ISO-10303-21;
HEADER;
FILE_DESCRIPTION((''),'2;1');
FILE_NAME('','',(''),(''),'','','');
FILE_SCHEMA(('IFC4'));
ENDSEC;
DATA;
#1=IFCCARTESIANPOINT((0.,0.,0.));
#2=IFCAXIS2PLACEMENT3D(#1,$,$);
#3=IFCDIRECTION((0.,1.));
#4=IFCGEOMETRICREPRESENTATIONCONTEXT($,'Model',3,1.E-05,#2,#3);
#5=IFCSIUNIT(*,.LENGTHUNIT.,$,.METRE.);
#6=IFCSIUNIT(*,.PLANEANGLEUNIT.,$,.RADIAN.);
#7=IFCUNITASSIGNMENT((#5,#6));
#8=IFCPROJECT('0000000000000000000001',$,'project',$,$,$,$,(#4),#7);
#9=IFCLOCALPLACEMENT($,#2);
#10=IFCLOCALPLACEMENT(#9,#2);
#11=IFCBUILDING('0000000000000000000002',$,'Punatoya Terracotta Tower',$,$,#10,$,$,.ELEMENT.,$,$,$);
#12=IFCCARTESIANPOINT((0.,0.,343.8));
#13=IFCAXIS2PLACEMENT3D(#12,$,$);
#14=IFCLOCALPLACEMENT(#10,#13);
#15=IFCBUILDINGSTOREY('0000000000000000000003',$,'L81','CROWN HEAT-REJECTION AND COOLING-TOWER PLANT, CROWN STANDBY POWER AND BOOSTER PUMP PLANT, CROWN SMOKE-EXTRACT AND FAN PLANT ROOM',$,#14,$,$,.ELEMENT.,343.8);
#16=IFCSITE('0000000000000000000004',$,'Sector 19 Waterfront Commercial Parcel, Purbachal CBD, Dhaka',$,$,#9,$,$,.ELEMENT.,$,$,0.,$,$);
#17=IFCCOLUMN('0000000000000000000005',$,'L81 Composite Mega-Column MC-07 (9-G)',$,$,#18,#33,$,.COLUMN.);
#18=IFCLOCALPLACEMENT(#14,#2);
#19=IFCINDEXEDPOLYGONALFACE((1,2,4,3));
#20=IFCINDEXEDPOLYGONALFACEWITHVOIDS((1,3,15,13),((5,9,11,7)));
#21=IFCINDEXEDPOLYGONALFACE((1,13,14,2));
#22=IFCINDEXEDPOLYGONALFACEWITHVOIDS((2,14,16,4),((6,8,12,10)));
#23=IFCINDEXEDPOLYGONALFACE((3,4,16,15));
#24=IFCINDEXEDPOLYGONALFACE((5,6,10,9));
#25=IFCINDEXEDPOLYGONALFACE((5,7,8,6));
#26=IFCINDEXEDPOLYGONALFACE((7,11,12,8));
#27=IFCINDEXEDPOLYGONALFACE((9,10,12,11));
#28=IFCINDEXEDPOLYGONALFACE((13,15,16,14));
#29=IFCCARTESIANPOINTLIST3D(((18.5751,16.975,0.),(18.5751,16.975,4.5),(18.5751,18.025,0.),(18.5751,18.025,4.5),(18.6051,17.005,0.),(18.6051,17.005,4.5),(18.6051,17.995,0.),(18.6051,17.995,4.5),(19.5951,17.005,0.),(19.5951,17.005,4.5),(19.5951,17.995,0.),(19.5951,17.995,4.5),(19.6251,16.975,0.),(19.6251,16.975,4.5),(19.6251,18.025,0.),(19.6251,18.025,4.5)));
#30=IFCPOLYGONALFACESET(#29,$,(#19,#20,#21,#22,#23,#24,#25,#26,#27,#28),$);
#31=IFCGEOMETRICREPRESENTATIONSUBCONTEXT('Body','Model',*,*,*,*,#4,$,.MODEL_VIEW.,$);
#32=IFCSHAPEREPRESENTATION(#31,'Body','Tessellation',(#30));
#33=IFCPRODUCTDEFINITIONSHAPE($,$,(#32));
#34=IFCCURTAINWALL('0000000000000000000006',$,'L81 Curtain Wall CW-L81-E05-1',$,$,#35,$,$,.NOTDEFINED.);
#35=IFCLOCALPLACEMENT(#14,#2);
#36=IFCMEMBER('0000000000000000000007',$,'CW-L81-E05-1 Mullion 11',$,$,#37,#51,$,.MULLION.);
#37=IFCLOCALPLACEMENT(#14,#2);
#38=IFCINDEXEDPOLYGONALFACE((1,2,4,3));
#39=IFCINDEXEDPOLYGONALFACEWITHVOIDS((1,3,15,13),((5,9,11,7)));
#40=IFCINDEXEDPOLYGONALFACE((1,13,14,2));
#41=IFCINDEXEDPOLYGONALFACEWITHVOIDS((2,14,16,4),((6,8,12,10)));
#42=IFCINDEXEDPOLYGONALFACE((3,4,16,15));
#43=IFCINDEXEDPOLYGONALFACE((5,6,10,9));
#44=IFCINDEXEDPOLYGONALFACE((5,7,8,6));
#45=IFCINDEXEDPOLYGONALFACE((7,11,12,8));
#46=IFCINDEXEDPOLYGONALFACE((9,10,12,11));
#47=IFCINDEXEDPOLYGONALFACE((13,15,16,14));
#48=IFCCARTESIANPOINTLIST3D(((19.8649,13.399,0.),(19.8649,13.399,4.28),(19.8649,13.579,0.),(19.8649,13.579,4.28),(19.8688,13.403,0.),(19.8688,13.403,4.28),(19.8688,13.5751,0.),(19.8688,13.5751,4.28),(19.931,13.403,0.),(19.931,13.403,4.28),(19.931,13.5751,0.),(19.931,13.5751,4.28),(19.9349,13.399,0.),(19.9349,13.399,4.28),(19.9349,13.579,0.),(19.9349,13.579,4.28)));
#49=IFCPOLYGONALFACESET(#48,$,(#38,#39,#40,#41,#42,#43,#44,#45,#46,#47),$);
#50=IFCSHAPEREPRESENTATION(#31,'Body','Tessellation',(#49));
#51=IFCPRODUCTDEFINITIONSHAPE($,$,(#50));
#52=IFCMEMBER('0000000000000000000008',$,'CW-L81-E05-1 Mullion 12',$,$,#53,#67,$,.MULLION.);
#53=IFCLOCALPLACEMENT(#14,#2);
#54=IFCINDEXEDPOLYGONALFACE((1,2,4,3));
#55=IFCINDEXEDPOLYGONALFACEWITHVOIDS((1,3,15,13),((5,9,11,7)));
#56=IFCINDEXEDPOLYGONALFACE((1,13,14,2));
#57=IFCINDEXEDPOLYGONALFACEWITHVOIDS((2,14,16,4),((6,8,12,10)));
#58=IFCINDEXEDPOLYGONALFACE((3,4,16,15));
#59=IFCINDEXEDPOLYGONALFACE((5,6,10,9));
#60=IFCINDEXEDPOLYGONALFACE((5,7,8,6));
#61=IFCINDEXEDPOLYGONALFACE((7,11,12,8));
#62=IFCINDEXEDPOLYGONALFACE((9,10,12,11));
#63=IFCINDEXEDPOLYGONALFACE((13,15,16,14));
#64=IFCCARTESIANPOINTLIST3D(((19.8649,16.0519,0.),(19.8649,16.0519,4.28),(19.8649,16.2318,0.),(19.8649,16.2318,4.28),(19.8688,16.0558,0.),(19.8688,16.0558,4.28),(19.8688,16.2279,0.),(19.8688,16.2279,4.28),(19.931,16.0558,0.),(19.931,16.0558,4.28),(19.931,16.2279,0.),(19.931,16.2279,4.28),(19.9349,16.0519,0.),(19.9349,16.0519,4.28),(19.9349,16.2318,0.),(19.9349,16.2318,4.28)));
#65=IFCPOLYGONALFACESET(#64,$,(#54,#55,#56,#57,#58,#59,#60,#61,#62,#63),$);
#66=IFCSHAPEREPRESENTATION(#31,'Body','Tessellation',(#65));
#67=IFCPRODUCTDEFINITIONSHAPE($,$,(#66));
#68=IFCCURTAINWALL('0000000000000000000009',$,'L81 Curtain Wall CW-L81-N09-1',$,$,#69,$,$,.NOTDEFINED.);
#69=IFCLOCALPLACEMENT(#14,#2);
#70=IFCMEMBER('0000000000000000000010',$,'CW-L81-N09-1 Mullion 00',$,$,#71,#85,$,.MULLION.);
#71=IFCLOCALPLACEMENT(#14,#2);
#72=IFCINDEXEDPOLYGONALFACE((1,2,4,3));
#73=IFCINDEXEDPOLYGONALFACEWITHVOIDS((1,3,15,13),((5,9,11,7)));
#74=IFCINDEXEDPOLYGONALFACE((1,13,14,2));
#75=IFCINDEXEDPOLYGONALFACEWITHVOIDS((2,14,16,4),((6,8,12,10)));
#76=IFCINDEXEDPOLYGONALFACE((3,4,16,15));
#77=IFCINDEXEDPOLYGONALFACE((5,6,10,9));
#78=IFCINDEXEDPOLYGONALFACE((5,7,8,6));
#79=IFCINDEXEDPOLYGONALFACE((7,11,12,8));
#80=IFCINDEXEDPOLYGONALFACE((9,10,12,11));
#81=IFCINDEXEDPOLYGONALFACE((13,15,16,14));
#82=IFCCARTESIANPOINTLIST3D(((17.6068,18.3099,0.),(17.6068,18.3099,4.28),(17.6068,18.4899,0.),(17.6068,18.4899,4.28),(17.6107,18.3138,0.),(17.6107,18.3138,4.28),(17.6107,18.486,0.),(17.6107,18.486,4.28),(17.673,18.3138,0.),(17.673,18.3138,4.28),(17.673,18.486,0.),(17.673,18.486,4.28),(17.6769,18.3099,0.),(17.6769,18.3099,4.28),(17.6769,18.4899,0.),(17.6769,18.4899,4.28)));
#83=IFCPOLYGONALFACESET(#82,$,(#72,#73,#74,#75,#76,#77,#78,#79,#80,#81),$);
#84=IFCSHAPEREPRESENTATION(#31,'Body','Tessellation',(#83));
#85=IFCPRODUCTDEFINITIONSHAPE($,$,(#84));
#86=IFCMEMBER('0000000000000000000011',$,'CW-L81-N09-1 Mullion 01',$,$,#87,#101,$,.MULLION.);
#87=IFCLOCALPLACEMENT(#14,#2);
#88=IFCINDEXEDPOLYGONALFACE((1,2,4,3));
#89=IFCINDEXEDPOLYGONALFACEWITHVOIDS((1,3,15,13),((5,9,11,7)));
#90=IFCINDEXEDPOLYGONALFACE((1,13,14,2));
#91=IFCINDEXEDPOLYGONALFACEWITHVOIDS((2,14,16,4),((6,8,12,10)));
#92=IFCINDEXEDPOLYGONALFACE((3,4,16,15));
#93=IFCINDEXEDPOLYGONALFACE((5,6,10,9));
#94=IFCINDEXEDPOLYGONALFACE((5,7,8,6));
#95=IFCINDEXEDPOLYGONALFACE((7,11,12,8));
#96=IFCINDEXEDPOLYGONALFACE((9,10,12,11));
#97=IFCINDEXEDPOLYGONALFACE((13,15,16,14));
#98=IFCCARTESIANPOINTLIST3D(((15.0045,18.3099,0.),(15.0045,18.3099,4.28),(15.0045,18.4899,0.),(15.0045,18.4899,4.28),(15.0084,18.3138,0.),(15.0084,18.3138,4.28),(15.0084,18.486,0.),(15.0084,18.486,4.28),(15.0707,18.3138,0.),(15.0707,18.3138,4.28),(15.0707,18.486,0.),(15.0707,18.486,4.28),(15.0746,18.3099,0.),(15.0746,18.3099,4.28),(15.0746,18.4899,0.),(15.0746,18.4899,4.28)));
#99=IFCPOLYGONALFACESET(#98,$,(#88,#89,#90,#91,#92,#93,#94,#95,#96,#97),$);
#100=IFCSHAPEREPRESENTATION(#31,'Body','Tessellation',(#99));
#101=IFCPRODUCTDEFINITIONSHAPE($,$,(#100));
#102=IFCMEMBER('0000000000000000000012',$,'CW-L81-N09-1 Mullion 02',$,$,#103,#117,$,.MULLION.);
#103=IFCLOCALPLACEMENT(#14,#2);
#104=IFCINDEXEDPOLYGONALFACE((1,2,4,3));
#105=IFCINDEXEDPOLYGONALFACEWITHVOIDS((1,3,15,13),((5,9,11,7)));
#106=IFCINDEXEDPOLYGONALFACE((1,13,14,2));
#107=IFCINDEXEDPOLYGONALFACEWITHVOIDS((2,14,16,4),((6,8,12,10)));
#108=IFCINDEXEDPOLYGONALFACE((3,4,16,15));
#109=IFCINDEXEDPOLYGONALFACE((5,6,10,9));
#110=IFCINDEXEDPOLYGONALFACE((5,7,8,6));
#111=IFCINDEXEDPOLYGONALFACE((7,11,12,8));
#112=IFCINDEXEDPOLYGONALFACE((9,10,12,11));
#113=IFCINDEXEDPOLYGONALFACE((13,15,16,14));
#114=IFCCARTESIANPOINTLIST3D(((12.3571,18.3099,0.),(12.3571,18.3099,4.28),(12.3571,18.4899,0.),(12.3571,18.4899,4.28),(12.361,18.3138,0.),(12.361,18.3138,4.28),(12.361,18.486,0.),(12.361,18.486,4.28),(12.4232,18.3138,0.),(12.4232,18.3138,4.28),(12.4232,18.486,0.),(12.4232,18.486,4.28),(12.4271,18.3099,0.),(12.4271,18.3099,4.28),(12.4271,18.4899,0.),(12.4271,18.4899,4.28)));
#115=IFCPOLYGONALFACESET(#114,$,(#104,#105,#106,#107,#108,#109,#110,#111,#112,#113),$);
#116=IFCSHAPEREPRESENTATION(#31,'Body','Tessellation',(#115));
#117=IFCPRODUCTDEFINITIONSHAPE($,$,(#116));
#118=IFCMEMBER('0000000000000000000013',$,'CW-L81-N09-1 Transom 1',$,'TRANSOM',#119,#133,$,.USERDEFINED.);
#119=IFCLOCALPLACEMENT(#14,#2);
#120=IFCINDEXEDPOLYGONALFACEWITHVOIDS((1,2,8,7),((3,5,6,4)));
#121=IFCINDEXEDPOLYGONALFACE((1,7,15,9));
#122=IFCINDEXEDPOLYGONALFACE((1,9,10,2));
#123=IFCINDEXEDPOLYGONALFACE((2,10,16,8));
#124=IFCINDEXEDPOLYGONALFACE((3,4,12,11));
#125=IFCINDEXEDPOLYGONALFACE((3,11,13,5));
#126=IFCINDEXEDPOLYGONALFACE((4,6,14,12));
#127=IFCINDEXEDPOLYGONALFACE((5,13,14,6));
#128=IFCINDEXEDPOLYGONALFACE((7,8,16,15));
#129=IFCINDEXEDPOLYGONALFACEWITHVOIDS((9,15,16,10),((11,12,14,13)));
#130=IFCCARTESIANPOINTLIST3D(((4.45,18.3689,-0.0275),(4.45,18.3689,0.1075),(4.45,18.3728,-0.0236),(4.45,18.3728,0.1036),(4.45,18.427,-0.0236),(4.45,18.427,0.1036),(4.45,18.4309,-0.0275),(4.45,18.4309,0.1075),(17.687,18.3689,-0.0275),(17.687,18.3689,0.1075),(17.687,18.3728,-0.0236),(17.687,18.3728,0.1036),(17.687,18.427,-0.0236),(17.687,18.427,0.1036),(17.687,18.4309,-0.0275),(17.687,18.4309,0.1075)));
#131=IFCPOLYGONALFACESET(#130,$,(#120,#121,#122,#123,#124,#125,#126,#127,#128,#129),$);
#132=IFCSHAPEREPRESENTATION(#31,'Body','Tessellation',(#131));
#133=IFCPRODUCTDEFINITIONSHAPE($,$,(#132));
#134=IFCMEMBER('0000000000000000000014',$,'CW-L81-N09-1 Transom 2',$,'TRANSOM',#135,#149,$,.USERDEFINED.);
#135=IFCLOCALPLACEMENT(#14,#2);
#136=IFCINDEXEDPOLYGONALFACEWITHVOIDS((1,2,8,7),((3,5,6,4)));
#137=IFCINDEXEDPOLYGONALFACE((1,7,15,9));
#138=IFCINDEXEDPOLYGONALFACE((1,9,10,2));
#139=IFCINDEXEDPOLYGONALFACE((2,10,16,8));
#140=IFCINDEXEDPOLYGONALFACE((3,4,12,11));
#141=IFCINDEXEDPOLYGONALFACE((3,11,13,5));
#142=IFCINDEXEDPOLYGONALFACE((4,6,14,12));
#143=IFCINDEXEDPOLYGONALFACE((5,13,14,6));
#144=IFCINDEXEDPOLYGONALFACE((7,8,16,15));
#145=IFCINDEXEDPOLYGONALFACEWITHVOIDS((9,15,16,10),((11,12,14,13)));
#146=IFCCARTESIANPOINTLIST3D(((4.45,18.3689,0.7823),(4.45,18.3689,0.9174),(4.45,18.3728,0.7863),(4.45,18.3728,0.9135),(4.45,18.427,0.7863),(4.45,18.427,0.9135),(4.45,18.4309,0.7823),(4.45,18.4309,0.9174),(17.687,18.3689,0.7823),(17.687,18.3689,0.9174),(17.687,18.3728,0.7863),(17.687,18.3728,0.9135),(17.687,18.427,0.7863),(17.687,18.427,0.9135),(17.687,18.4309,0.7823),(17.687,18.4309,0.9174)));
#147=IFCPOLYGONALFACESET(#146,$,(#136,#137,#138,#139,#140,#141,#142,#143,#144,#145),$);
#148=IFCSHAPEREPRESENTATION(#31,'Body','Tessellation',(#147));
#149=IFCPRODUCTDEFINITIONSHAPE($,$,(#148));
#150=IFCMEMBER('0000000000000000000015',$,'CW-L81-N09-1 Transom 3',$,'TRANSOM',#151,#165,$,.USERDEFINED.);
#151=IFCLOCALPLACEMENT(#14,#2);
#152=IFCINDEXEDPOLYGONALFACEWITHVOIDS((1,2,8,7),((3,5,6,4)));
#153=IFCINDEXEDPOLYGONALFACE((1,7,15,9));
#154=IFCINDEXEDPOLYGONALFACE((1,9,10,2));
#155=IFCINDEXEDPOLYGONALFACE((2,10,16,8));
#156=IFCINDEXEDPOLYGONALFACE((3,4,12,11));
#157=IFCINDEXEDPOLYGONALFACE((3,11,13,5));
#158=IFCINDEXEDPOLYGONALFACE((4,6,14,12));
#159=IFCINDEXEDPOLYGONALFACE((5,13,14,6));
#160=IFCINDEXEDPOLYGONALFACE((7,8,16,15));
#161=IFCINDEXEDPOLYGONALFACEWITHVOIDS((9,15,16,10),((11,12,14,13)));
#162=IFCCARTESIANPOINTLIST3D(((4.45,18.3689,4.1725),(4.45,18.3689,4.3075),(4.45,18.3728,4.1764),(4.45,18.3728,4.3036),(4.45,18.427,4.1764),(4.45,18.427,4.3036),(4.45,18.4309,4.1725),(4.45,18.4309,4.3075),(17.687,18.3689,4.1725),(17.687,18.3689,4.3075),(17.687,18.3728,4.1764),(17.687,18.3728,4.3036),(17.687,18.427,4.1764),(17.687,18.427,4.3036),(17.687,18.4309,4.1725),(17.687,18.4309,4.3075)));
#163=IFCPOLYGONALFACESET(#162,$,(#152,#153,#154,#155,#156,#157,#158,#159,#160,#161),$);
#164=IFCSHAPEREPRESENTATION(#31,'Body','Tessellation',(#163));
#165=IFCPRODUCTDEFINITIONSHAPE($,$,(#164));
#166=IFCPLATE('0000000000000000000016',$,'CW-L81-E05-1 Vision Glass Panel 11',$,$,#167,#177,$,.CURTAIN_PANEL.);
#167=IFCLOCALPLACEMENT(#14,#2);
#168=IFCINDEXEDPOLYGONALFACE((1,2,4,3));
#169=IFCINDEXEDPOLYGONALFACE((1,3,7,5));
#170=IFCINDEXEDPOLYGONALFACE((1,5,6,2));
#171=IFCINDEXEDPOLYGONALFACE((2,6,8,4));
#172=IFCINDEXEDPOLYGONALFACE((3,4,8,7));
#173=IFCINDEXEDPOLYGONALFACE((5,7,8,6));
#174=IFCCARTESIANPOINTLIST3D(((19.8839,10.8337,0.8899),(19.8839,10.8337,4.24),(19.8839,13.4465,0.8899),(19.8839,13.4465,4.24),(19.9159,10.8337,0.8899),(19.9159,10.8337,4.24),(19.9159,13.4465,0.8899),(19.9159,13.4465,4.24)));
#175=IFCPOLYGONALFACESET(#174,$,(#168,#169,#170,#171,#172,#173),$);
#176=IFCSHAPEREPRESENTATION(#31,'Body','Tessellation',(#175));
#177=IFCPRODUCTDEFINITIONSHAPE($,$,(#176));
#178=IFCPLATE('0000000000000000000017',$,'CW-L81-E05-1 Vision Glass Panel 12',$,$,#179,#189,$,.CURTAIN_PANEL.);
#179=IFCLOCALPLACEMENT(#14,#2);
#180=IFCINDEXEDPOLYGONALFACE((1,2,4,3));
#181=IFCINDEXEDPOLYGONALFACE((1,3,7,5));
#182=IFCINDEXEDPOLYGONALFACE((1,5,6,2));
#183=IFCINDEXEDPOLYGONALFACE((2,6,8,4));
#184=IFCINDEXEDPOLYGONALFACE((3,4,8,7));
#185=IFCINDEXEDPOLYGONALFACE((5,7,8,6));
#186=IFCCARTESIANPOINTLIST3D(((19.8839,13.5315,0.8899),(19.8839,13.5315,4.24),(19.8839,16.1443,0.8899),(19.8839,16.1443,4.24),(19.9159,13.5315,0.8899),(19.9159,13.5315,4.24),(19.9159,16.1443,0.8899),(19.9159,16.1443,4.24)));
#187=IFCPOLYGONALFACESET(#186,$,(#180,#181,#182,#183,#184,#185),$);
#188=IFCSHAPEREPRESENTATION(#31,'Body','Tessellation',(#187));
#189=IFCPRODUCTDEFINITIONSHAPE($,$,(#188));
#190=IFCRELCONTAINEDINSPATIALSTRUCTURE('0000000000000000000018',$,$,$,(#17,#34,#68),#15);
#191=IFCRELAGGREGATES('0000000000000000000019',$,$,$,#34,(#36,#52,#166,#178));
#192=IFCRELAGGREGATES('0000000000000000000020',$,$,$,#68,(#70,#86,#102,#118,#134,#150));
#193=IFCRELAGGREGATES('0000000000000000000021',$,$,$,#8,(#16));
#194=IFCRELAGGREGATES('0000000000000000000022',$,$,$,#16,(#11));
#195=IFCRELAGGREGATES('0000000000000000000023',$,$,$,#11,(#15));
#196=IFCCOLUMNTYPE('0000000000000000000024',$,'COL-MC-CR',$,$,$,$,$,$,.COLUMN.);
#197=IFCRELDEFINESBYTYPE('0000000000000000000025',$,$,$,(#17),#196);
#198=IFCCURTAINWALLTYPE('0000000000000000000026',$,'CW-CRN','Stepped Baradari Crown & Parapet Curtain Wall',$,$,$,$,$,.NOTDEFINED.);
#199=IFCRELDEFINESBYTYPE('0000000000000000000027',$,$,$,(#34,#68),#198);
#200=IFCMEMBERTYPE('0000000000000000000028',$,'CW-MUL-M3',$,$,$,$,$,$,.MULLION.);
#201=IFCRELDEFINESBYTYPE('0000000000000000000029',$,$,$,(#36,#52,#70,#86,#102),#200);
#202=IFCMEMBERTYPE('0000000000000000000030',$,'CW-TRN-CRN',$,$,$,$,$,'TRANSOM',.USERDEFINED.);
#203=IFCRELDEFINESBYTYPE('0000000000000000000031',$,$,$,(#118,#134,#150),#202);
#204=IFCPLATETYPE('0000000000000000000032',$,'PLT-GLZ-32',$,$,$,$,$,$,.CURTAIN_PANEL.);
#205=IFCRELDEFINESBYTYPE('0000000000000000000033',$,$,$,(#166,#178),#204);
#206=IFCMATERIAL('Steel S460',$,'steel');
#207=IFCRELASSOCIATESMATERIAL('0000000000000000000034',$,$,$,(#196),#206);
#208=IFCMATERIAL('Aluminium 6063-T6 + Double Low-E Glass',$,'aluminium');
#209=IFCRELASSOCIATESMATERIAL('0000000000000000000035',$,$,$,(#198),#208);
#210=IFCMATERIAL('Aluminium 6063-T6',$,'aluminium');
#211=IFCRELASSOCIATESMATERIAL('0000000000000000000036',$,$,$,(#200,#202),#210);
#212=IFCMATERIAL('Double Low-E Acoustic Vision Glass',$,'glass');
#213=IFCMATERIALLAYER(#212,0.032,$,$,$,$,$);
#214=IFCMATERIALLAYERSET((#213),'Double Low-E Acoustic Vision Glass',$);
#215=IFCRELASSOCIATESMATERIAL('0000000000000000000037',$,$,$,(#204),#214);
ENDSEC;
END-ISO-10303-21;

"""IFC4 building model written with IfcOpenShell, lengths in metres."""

from ifc_helpers import new_model, si_unit, direction, frame, origin, origin_2d, place, context, subcontext, project, spatial, rectangle, hollow_rectangle, extrude, material, layer, layer_set, material_profile, profile_set, type_object, element, aggregate, save


model = new_model("IFC4")

# Units and contexts
model_context = context("Model", 3, precision=1e-05, world=origin(), true_north=direction((0.0, 1.0)))
body_context = subcontext(model_context, "Body", "Model", "MODEL_VIEW")
ifc_project = project(units=[si_unit("LENGTHUNIT", "METRE"), si_unit("PLANEANGLEUNIT", "RADIAN")], contexts=[model_context])

# Site, building, storey
site_placement = place(None, origin())
site = spatial("IfcSite", under=ifc_project, at=site_placement, Name="Sector 19 Waterfront Commercial Parcel, Purbachal CBD, Dhaka", CompositionType="ELEMENT", RefElevation=0.0)
building_placement = place(site_placement, origin())
building = spatial("IfcBuilding", under=site, at=building_placement, Name="Punatoya Terracotta Tower", CompositionType="ELEMENT")
storey_placement = place(building_placement, frame((0.0, 0.0, 343.8)))
storey = spatial("IfcBuildingStorey", under=building, at=storey_placement, Name="L81", Description="CROWN HEAT-REJECTION AND COOLING-TOWER PLANT, CROWN STANDBY POWER AND BOOSTER PUMP PLANT, CROWN SMOKE-EXTRACT AND FAN PLANT ROOM", CompositionType="ELEMENT", Elevation=343.8)

# Column
ifc_material_1 = material(Name="Steel S460", Category="steel")
ifc_material_profile_1 = material_profile(ifc_material_1, hollow_rectangle(XDim=1.05, YDim=1.05, WallThickness=0.03, at=origin_2d()))
ifc_profile_set_1 = profile_set([ifc_material_profile_1], Name="Steel S460")
column_type = type_object("IfcColumnType", Name="COL-MC-CR", PredefinedType="COLUMN", material=ifc_profile_set_1)
column_placement = place(storey_placement, frame((19.1001, 17.5, 0.0), z_axis=(0.0, 0.0, 1.0), x_axis=(1.0, 0.0, 0.0)))
element("IfcColumn", 1, at=column_placement, inside=storey, type_object=column_type, Name="L81 Composite Mega-Column MC-07 (9-G)", PredefinedType="COLUMN", context=body_context, shape_type="SweptSolid", body=[
    extrude(hollow_rectangle(XDim=1.05, YDim=1.05, WallThickness=0.03, at=origin_2d()), origin(), (0.0, 0.0, 1.0), 4.5),
])

# Curtain walls, members
ifc_material_2 = material(Name="Aluminium 6063-T6 + Double Low-E Glass", Category="aluminium")
curtain_wall_type = type_object("IfcCurtainWallType", Name="CW-CRN", Description="Stepped Baradari Crown & Parapet Curtain Wall", PredefinedType="NOTDEFINED", material=ifc_material_2)
curtain_wall_1_placement = place(storey_placement, origin())
curtain_wall_1 = element("IfcCurtainWall", 2, at=curtain_wall_1_placement, inside=storey, type_object=curtain_wall_type, Name="L81 Curtain Wall CW-L81-E05-1", PredefinedType="NOTDEFINED")
ifc_material_3 = material(Name="Aluminium 6063-T6", Category="aluminium")
ifc_material_profile_2 = material_profile(ifc_material_3, hollow_rectangle(XDim=0.0701, YDim=0.1799, WallThickness=0.0039, at=origin_2d()))
ifc_profile_set_2 = profile_set([ifc_material_profile_2], Name="Aluminium 6063-T6")
member_type_1 = type_object("IfcMemberType", Name="CW-MUL-M3", PredefinedType="MULLION", material=ifc_profile_set_2)
member_1_placement = place(storey_placement, frame((19.8999, 13.489, 0.0), z_axis=(0.0, 0.0, 1.0), x_axis=(1.0, 0.0, 0.0)))
member_1 = element("IfcMember", 3, at=member_1_placement, type_object=member_type_1, Name="CW-L81-E05-1 Mullion 11", PredefinedType="MULLION", context=body_context, shape_type="SweptSolid", body=[
    extrude(hollow_rectangle(XDim=0.0701, YDim=0.1799, WallThickness=0.0039, at=origin_2d()), origin(), (0.0, 0.0, 1.0), 4.28),
])
member_2_placement = place(storey_placement, frame((19.8999, 16.1418, 0.0), z_axis=(0.0, 0.0, 1.0), x_axis=(1.0, 0.0, 0.0)))
member_2 = element("IfcMember", 4, at=member_2_placement, type_object=member_type_1, Name="CW-L81-E05-1 Mullion 12", PredefinedType="MULLION", context=body_context, shape_type="SweptSolid", body=[
    extrude(hollow_rectangle(XDim=0.0701, YDim=0.1799, WallThickness=0.0039, at=origin_2d()), origin(), (0.0, 0.0, 1.0), 4.28),
])
curtain_wall_2_placement = place(storey_placement, origin())
curtain_wall_2 = element("IfcCurtainWall", 5, at=curtain_wall_2_placement, inside=storey, type_object=curtain_wall_type, Name="L81 Curtain Wall CW-L81-N09-1", PredefinedType="NOTDEFINED")
member_3_placement = place(storey_placement, frame((17.6418, 18.3999, 0.0), z_axis=(0.0, 0.0, 1.0), x_axis=(1.0, 0.0, 0.0)))
member_3 = element("IfcMember", 6, at=member_3_placement, type_object=member_type_1, Name="CW-L81-N09-1 Mullion 00", PredefinedType="MULLION", context=body_context, shape_type="SweptSolid", body=[
    extrude(hollow_rectangle(XDim=0.0701, YDim=0.1799, WallThickness=0.0039, at=origin_2d()), origin(), (0.0, 0.0, 1.0), 4.28),
])
member_4_placement = place(storey_placement, frame((15.0396, 18.3999, 0.0), z_axis=(0.0, 0.0, 1.0), x_axis=(1.0, 0.0, 0.0)))
member_4 = element("IfcMember", 7, at=member_4_placement, type_object=member_type_1, Name="CW-L81-N09-1 Mullion 01", PredefinedType="MULLION", context=body_context, shape_type="SweptSolid", body=[
    extrude(hollow_rectangle(XDim=0.0701, YDim=0.1799, WallThickness=0.0039, at=origin_2d()), origin(), (0.0, 0.0, 1.0), 4.28),
])
member_5_placement = place(storey_placement, frame((12.3921, 18.3999, 0.0), z_axis=(0.0, 0.0, 1.0), x_axis=(1.0, 0.0, 0.0)))
member_5 = element("IfcMember", 8, at=member_5_placement, type_object=member_type_1, Name="CW-L81-N09-1 Mullion 02", PredefinedType="MULLION", context=body_context, shape_type="SweptSolid", body=[
    extrude(hollow_rectangle(XDim=0.0701, YDim=0.1799, WallThickness=0.0039, at=origin_2d()), origin(), (0.0, 0.0, 1.0), 4.28),
])
ifc_material_profile_3 = material_profile(ifc_material_3, hollow_rectangle(XDim=0.062, YDim=0.135, WallThickness=0.0039, at=origin_2d()))
ifc_profile_set_3 = profile_set([ifc_material_profile_3], Name="Aluminium 6063-T6")
member_type_2 = type_object("IfcMemberType", Name="CW-TRN-CRN", ElementType="TRANSOM", PredefinedType="USERDEFINED", material=ifc_profile_set_3)
member_6_placement = place(storey_placement, frame((17.687, 18.3999, 0.04), z_axis=(-1.0, 0.0, 0.0), x_axis=(0.0, -1.0, 0.0)))
member_6 = element("IfcMember", 9, at=member_6_placement, type_object=member_type_2, Name="CW-L81-N09-1 Transom 1", ObjectType="TRANSOM", PredefinedType="USERDEFINED", context=body_context, shape_type="SweptSolid", body=[
    extrude(hollow_rectangle(XDim=0.062, YDim=0.135, WallThickness=0.0039, at=origin_2d()), origin(), (0.0, 0.0, 1.0), 13.2371),
])
member_7_placement = place(storey_placement, frame((17.687, 18.3999, 0.8499), z_axis=(-1.0, 0.0, 0.0), x_axis=(0.0, -1.0, 0.0)))
member_7 = element("IfcMember", 10, at=member_7_placement, type_object=member_type_2, Name="CW-L81-N09-1 Transom 2", ObjectType="TRANSOM", PredefinedType="USERDEFINED", context=body_context, shape_type="SweptSolid", body=[
    extrude(hollow_rectangle(XDim=0.062, YDim=0.135, WallThickness=0.0039, at=origin_2d()), origin(), (0.0, 0.0, 1.0), 13.2371),
])
member_8_placement = place(storey_placement, frame((17.687, 18.3999, 4.24), z_axis=(-1.0, 0.0, 0.0), x_axis=(0.0, -1.0, 0.0)))
member_8 = element("IfcMember", 11, at=member_8_placement, type_object=member_type_2, Name="CW-L81-N09-1 Transom 3", ObjectType="TRANSOM", PredefinedType="USERDEFINED", context=body_context, shape_type="SweptSolid", body=[
    extrude(hollow_rectangle(XDim=0.062, YDim=0.135, WallThickness=0.0039, at=origin_2d()), origin(), (0.0, 0.0, 1.0), 13.2371),
])

# Plates
ifc_material_4 = material(Name="Double Low-E Acoustic Vision Glass", Category="glass")
ifc_layer_1 = layer(ifc_material_4, 0.032)
ifc_layer_set_1 = layer_set([ifc_layer_1], Name="Double Low-E Acoustic Vision Glass")
plate_type_1 = type_object("IfcPlateType", Name="PLT-GLZ-32", PredefinedType="CURTAIN_PANEL", material=ifc_layer_set_1)
plate_1_placement = place(storey_placement, frame((19.8999, 12.1401, 0.8899), z_axis=(0.0, 0.0, 1.0), x_axis=(0.0, 1.0, 0.0)))
plate_1 = element("IfcPlate", 12, at=plate_1_placement, type_object=plate_type_1, Name="CW-L81-E05-1 Vision Glass Panel 11", PredefinedType="CURTAIN_PANEL", context=body_context, shape_type="SweptSolid", body=[
    extrude(rectangle(XDim=2.6128, YDim=0.032, at=origin_2d()), origin(), (0.0, 0.0, 1.0), 3.3501),
])
plate_2_placement = place(storey_placement, frame((19.8999, 14.8379, 0.8899), z_axis=(0.0, 0.0, 1.0), x_axis=(0.0, 1.0, 0.0)))
plate_2 = element("IfcPlate", 13, at=plate_2_placement, type_object=plate_type_1, Name="CW-L81-E05-1 Vision Glass Panel 12", PredefinedType="CURTAIN_PANEL", context=body_context, shape_type="SweptSolid", body=[
    extrude(rectangle(XDim=2.6128, YDim=0.032, at=origin_2d()), origin(), (0.0, 0.0, 1.0), 3.3501),
])
aggregate(curtain_wall_1, [member_1, member_2, plate_1, plate_2])
aggregate(curtain_wall_2, [member_3, member_4, member_5, member_6, member_7, member_8])

save(model, "model.ifc")
